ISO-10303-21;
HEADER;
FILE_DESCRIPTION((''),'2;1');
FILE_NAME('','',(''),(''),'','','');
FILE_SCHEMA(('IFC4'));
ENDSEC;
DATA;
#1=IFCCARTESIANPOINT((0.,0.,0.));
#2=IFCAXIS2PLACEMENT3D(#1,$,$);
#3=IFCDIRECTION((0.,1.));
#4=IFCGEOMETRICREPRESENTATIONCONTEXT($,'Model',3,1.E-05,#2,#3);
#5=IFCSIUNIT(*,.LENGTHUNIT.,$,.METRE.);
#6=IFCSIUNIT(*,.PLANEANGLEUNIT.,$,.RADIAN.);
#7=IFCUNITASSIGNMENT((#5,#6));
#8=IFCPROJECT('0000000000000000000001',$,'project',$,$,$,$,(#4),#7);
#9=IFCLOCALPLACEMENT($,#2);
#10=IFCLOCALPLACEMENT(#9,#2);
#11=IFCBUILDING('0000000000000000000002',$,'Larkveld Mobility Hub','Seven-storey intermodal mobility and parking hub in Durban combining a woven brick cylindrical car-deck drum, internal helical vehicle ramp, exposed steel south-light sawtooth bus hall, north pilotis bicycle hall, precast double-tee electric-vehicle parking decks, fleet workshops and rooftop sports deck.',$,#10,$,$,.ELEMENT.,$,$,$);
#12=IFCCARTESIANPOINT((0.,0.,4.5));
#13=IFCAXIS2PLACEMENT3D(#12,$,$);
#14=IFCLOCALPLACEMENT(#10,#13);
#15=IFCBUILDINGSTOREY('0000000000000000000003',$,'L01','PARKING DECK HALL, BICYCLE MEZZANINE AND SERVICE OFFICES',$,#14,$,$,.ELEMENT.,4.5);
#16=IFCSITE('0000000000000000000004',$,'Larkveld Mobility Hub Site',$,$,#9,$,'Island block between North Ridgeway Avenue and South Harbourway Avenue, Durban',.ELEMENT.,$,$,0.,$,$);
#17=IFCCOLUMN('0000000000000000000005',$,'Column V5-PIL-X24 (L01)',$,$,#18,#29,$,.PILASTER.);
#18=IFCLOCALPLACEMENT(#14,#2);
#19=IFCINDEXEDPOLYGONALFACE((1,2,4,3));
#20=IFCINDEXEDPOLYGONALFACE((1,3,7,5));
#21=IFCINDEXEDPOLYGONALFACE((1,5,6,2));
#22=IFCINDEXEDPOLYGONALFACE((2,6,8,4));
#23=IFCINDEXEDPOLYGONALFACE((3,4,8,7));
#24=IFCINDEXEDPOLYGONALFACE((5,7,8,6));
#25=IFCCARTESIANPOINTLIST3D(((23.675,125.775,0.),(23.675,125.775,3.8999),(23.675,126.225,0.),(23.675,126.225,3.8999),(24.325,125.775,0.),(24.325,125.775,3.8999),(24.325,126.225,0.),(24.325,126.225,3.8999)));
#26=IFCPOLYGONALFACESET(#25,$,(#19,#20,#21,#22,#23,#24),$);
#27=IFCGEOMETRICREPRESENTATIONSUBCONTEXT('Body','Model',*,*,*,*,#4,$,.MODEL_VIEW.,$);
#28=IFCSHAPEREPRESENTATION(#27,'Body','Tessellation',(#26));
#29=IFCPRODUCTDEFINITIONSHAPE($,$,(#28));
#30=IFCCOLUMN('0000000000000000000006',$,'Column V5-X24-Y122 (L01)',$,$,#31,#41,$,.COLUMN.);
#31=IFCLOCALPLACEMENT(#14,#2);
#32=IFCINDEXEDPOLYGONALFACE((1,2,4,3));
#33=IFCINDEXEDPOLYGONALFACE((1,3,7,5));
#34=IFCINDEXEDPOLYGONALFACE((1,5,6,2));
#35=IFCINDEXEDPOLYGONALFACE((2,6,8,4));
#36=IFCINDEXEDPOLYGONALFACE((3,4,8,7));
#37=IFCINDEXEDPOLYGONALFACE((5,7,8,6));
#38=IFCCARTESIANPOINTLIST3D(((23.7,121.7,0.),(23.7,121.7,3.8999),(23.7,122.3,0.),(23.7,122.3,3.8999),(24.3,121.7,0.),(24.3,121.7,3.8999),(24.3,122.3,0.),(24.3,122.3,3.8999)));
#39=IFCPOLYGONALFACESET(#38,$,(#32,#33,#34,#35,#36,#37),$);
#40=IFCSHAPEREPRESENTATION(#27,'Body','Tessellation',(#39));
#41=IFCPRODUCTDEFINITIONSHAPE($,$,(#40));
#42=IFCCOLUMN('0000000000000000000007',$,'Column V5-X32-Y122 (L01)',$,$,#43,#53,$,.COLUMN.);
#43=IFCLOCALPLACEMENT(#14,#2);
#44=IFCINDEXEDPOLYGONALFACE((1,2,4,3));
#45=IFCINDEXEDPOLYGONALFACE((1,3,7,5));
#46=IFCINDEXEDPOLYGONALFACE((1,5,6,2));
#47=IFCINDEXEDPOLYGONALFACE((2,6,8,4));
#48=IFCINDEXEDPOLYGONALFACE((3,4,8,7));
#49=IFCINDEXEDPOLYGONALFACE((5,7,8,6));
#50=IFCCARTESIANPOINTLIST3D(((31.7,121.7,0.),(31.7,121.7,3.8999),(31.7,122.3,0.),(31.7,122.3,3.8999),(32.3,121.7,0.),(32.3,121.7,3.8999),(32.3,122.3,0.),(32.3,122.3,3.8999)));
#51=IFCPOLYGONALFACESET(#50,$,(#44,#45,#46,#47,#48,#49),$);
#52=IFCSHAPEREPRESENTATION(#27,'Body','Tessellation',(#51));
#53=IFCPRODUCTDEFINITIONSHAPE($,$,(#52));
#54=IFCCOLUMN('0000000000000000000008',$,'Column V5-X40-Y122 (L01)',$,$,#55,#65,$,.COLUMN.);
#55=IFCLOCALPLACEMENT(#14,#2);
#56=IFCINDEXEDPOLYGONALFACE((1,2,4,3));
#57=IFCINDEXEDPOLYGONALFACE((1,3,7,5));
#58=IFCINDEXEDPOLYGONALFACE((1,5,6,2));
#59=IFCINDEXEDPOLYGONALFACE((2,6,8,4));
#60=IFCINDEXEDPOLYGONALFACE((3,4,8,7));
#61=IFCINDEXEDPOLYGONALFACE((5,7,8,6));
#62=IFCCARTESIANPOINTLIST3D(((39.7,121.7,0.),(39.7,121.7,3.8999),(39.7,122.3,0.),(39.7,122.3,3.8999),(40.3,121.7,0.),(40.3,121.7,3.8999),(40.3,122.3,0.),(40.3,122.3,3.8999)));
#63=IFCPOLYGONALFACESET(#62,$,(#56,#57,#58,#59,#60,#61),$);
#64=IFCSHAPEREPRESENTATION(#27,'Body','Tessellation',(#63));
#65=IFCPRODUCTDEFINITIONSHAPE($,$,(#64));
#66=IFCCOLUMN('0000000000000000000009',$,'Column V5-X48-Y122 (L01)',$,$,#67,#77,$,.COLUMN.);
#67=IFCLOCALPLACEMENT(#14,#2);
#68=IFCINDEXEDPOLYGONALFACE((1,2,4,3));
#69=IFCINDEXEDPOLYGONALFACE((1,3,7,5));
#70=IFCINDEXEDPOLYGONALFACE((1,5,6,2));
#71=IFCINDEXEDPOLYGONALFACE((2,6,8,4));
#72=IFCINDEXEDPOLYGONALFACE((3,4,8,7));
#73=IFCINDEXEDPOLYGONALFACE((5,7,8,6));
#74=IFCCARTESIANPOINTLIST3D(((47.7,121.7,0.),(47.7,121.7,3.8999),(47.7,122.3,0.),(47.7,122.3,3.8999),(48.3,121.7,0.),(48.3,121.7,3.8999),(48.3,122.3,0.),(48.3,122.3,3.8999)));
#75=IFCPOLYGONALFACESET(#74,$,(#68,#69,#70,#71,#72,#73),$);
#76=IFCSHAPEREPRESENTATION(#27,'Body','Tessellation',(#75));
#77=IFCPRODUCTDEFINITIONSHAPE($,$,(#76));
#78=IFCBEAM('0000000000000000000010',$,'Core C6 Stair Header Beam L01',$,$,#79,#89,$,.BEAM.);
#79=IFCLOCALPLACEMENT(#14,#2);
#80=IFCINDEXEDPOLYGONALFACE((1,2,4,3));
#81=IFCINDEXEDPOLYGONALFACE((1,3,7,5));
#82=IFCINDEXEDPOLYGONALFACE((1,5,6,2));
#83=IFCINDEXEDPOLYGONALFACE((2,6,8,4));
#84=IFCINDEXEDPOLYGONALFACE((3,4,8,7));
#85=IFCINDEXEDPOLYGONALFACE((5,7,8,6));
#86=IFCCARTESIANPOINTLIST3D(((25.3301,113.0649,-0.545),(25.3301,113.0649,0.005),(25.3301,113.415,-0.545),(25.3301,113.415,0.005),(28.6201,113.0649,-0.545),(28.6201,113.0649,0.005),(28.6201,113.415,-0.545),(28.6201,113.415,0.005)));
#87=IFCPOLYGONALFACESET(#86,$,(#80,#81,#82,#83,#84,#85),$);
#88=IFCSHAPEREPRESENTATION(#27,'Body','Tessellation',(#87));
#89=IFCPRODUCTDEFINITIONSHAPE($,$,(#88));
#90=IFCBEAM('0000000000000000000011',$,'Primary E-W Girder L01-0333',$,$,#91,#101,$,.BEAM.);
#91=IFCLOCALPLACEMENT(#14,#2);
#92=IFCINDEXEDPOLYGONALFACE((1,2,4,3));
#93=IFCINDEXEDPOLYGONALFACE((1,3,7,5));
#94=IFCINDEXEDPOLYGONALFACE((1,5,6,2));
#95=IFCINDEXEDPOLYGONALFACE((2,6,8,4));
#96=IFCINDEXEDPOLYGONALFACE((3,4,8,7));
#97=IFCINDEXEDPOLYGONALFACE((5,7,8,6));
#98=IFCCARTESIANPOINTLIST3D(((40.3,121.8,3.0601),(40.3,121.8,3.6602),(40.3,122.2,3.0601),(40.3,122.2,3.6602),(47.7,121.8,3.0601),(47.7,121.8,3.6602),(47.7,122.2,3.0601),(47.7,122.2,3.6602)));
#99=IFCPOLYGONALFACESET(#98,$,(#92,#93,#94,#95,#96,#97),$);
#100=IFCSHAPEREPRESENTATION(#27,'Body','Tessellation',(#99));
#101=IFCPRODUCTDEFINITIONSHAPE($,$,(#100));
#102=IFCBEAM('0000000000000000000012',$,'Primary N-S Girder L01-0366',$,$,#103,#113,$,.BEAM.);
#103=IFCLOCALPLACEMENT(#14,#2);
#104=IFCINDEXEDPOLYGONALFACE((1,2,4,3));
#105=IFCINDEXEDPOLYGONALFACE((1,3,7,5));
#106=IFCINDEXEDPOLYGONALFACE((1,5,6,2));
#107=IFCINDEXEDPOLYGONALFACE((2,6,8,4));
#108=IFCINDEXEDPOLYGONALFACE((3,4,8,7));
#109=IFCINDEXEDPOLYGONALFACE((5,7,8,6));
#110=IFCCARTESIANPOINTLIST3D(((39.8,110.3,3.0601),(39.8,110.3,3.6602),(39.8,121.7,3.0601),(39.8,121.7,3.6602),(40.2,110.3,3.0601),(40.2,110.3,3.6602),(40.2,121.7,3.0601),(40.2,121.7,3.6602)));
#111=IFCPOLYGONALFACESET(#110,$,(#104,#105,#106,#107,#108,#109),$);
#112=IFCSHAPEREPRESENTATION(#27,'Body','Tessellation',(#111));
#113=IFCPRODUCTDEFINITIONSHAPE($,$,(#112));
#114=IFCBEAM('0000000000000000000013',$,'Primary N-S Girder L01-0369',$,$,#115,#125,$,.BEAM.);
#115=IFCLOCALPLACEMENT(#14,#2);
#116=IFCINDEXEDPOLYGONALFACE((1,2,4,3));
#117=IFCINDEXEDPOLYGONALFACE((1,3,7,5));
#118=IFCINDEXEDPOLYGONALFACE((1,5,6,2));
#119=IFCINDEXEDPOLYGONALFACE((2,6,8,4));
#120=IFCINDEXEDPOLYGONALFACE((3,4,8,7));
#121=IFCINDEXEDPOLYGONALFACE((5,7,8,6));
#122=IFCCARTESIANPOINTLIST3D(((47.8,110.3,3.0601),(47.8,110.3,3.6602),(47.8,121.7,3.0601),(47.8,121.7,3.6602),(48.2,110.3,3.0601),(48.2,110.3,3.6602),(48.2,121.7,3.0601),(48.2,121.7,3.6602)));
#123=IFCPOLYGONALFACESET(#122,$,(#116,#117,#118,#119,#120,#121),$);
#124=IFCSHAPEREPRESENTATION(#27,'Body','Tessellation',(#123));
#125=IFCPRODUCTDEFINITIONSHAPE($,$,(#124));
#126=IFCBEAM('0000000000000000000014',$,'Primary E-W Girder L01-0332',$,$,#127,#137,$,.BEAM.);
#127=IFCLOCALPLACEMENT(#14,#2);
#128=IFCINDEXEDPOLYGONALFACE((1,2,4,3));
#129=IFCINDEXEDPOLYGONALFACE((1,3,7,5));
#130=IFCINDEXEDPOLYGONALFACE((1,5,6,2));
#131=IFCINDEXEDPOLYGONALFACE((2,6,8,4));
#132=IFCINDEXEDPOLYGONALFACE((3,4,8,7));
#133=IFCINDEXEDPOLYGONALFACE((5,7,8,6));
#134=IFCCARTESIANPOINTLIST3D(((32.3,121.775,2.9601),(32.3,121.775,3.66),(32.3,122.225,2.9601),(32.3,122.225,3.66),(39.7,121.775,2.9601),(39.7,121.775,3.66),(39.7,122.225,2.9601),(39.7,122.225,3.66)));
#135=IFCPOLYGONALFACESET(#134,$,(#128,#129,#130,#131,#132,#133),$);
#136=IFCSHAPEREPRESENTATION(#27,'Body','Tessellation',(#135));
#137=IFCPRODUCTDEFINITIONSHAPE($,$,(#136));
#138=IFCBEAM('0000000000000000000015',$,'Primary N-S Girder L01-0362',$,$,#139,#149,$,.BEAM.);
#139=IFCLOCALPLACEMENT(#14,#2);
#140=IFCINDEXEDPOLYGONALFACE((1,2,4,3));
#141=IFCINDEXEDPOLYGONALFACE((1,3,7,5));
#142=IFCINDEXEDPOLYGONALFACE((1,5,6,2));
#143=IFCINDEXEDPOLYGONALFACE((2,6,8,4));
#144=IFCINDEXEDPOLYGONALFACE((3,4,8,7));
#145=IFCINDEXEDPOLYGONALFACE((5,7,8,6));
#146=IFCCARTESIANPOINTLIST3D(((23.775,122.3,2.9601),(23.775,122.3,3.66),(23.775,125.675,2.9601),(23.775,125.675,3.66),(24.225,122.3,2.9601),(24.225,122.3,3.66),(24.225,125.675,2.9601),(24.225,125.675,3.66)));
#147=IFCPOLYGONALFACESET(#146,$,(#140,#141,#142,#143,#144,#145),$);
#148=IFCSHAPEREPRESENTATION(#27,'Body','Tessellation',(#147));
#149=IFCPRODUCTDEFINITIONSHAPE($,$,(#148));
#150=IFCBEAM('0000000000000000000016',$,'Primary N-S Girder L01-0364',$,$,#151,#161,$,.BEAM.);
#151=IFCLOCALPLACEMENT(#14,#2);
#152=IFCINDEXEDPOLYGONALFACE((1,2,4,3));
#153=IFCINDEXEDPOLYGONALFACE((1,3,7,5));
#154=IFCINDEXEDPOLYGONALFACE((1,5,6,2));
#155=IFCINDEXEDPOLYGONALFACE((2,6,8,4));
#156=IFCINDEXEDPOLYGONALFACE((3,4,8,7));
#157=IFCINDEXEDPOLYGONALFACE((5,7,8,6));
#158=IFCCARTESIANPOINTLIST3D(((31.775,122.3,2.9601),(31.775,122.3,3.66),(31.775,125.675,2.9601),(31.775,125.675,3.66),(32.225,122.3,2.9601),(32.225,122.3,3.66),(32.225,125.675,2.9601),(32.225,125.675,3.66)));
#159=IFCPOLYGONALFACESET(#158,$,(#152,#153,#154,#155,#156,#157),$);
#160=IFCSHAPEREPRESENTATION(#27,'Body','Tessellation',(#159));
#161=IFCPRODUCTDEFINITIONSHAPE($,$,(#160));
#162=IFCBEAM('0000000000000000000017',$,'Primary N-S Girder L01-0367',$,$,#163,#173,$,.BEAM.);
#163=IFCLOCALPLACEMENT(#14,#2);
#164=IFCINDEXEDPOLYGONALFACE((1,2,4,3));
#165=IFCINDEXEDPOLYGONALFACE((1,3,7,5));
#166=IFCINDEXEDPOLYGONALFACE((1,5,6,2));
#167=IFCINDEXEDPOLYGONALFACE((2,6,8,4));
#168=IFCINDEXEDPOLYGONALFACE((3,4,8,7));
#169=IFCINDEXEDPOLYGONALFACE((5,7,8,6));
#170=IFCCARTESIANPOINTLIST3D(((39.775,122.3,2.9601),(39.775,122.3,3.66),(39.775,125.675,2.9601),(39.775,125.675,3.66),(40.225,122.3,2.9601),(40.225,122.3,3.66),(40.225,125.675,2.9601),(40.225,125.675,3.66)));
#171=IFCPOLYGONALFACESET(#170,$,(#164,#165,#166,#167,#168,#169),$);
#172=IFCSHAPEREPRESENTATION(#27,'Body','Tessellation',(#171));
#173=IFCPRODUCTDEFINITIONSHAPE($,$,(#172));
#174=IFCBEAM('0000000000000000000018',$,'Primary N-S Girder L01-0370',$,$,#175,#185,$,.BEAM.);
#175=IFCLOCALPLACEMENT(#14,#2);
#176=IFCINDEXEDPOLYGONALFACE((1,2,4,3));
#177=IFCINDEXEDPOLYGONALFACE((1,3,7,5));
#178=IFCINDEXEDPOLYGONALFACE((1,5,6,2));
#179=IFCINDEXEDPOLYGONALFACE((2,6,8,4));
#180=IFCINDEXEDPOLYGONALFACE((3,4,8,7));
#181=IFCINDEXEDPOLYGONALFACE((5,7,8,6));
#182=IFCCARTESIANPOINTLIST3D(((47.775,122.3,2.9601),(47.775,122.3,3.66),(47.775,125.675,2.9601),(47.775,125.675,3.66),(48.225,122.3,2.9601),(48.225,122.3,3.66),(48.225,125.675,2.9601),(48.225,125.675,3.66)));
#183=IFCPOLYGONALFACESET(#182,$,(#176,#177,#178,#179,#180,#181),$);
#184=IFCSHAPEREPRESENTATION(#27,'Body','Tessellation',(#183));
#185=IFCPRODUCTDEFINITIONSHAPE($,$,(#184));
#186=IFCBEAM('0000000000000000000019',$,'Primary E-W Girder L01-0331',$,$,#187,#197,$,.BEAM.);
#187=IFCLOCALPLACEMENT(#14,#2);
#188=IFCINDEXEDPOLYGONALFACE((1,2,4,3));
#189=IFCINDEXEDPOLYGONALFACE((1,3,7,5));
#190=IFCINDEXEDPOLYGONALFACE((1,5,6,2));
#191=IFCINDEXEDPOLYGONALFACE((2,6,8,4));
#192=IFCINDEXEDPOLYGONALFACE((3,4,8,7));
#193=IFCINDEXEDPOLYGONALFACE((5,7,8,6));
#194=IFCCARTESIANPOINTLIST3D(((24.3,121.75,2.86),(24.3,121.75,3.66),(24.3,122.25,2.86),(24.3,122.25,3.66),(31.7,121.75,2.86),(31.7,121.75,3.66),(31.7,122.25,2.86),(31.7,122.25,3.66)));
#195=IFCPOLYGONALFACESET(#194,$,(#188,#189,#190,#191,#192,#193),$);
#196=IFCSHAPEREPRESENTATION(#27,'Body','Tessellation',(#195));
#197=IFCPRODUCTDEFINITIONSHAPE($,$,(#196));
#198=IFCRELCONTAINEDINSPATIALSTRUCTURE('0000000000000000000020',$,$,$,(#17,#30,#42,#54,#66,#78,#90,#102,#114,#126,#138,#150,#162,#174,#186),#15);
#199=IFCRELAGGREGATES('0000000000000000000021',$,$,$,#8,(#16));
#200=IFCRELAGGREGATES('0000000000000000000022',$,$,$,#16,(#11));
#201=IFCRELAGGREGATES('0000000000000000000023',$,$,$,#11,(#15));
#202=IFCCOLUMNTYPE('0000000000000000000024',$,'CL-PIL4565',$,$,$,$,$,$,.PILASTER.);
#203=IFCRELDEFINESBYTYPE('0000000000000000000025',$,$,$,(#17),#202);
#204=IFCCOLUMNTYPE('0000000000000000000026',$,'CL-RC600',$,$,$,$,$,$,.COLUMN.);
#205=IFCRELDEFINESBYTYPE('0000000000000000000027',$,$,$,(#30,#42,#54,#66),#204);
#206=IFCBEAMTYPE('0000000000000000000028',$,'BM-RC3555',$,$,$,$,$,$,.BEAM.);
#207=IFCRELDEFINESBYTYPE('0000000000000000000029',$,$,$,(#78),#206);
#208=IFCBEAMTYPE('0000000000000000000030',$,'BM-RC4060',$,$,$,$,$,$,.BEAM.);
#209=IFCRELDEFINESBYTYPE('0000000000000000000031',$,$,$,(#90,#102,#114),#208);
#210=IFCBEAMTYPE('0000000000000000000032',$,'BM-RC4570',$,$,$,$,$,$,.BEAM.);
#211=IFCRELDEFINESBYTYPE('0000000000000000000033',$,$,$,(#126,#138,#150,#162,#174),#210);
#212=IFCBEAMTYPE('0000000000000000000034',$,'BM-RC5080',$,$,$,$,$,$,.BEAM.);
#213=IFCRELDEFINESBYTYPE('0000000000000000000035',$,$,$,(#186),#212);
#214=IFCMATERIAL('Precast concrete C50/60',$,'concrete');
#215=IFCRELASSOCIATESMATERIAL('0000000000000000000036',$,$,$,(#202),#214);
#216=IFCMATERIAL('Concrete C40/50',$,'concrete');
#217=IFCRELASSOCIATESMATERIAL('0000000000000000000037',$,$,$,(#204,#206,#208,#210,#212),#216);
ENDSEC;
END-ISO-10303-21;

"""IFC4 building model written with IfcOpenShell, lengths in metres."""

from ifc_helpers import new_model, si_unit, direction, frame, origin, origin_2d, place, context, subcontext, project, spatial, rectangle, extrude, material, material_profile, profile_set, type_object, element, save


model = new_model("IFC4")

# Units and contexts
model_context = context("Model", 3, precision=1e-05, world=origin(), true_north=direction((0.0, 1.0)))
body_context = subcontext(model_context, "Body", "Model", "MODEL_VIEW")
ifc_project = project(units=[si_unit("LENGTHUNIT", "METRE"), si_unit("PLANEANGLEUNIT", "RADIAN")], contexts=[model_context])

# Site, building, storey
site_placement = place(None, origin())
site = spatial("IfcSite", under=ifc_project, at=site_placement, Name="Larkveld Mobility Hub Site", LongName="Island block between North Ridgeway Avenue and South Harbourway Avenue, Durban", CompositionType="ELEMENT", RefElevation=0.0)
building_placement = place(site_placement, origin())
building = spatial("IfcBuilding", under=site, at=building_placement, Name="Larkveld Mobility Hub", Description="Seven-storey intermodal mobility and parking hub in Durban combining a woven brick cylindrical car-deck drum, internal helical vehicle ramp, exposed steel south-light sawtooth bus hall, north pilotis bicycle hall, precast double-tee electric-vehicle parking decks, fleet workshops and rooftop sports deck.", CompositionType="ELEMENT")
storey_placement = place(building_placement, frame((0.0, 0.0, 4.5)))
storey = spatial("IfcBuildingStorey", under=building, at=storey_placement, Name="L01", Description="PARKING DECK HALL, BICYCLE MEZZANINE AND SERVICE OFFICES", CompositionType="ELEMENT", Elevation=4.5)

# Columns
ifc_material_1 = material(Name="Precast concrete C50/60", Category="concrete")
ifc_material_profile_1 = material_profile(ifc_material_1, rectangle(XDim=0.45, YDim=0.6499, at=origin_2d()), Name="PC PIL 450x650")
ifc_profile_set_1 = profile_set([ifc_material_profile_1], Name="Precast concrete C50/60")
column_type_1 = type_object("IfcColumnType", Name="CL-PIL4565", PredefinedType="PILASTER", material=ifc_profile_set_1)
column_placement = place(storey_placement, frame((24.0, 126.0, 0.0), z_axis=(0.0, 0.0, 1.0), x_axis=(0.0, 1.0, 0.0)))
element("IfcColumn", 1, at=column_placement, inside=storey, type_object=column_type_1, Name="Column V5-PIL-X24 (L01)", PredefinedType="PILASTER", context=body_context, shape_type="SweptSolid", body=[
    extrude(rectangle(XDim=0.45, YDim=0.6499, at=origin_2d()), origin(), (0.0, 0.0, 1.0), 3.8999),
])
ifc_material_2 = material(Name="Concrete C40/50", Category="concrete")
ifc_material_profile_2 = material_profile(ifc_material_2, rectangle(XDim=0.6001, YDim=0.6001, at=origin_2d()), Name="RC COL 600x600")
ifc_profile_set_2 = profile_set([ifc_material_profile_2], Name="Concrete C40/50")
column_type_2 = type_object("IfcColumnType", Name="CL-RC600", PredefinedType="COLUMN", material=ifc_profile_set_2)
for number, where, z_axis, x_axis, name in (
    (2, (24.0, 122.0, 0.0), (0.0, 0.0, 1.0), (1.0, 0.0, 0.0), "Column V5-X24-Y122 (L01)"),
    (3, (32.0, 122.0, 0.0), (0.0, 0.0, 1.0), (1.0, 0.0, 0.0), "Column V5-X32-Y122 (L01)"),
    (4, (40.0, 122.0, 0.0), (0.0, 0.0, 1.0), (1.0, 0.0, 0.0), "Column V5-X40-Y122 (L01)"),
    (5, (48.0, 122.0, 0.0), (0.0, 0.0, 1.0), (1.0, 0.0, 0.0), "Column V5-X48-Y122 (L01)"),
):
    element("IfcColumn", number, at=place(storey_placement, frame(where, z_axis=z_axis, x_axis=x_axis)), inside=storey, type_object=column_type_2, Name=name, PredefinedType="COLUMN", context=body_context, shape_type="SweptSolid", body=[
        extrude(rectangle(XDim=0.6001, YDim=0.6001, at=origin_2d()), origin(), (0.0, 0.0, 1.0), 3.8999),
    ])

# Beams
ifc_material_profile_3 = material_profile(ifc_material_2, rectangle(XDim=0.3501, YDim=0.55, at=origin_2d()), Name="RC BM 350x550")
ifc_profile_set_3 = profile_set([ifc_material_profile_3], Name="Concrete C40/50")
beam_type_1 = type_object("IfcBeamType", Name="BM-RC3555", PredefinedType="BEAM", material=ifc_profile_set_3)
beam_1_placement = place(storey_placement, frame((25.3301, 113.24, -0.27), z_axis=(1.0, 0.0, 0.0), x_axis=(0.0, 1.0, 0.0)))
element("IfcBeam", 6, at=beam_1_placement, inside=storey, type_object=beam_type_1, Name="Core C6 Stair Header Beam L01", PredefinedType="BEAM", context=body_context, shape_type="SweptSolid", body=[
    extrude(rectangle(XDim=0.3501, YDim=0.55, at=origin_2d()), origin(), (0.0, 0.0, 1.0), 3.29),
])
ifc_material_profile_4 = material_profile(ifc_material_2, rectangle(XDim=0.3999, YDim=0.6001, at=origin_2d()), Name="RC BM 400x600")
ifc_profile_set_4 = profile_set([ifc_material_profile_4], Name="Concrete C40/50")
beam_type_2 = type_object("IfcBeamType", Name="BM-RC4060", PredefinedType="BEAM", material=ifc_profile_set_4)
beam_2_placement = place(storey_placement, frame((40.3, 122.0, 3.3601), z_axis=(1.0, 0.0, 0.0), x_axis=(0.0, 1.0, 0.0)))
element("IfcBeam", 7, at=beam_2_placement, inside=storey, type_object=beam_type_2, Name="Primary E-W Girder L01-0333", PredefinedType="BEAM", context=body_context, shape_type="SweptSolid", body=[
    extrude(rectangle(XDim=0.3999, YDim=0.6001, at=origin_2d()), origin(), (0.0, 0.0, 1.0), 7.3999),
])
for number, where, z_axis, x_axis, name in (
    (8, (40.0, 110.3, 3.3601), (0.0, 1.0, 0.0), (-1.0, 0.0, 0.0), "Primary N-S Girder L01-0366"),
    (9, (48.0, 110.3, 3.3601), (0.0, 1.0, 0.0), (-1.0, 0.0, 0.0), "Primary N-S Girder L01-0369"),
):
    element("IfcBeam", number, at=place(storey_placement, frame(where, z_axis=z_axis, x_axis=x_axis)), inside=storey, type_object=beam_type_2, Name=name, PredefinedType="BEAM", context=body_context, shape_type="SweptSolid", body=[
        extrude(rectangle(XDim=0.3999, YDim=0.6001, at=origin_2d()), origin(), (0.0, 0.0, 1.0), 11.3999),
    ])
ifc_material_profile_5 = material_profile(ifc_material_2, rectangle(XDim=0.45, YDim=0.7, at=origin_2d()), Name="RC BM 450x700")
ifc_profile_set_5 = profile_set([ifc_material_profile_5], Name="Concrete C40/50")
beam_type_3 = type_object("IfcBeamType", Name="BM-RC4570", PredefinedType="BEAM", material=ifc_profile_set_5)
beam_3_placement = place(storey_placement, frame((32.3, 122.0, 3.3101), z_axis=(1.0, 0.0, 0.0), x_axis=(0.0, 1.0, 0.0)))
element("IfcBeam", 10, at=beam_3_placement, inside=storey, type_object=beam_type_3, Name="Primary E-W Girder L01-0332", PredefinedType="BEAM", context=body_context, shape_type="SweptSolid", body=[
    extrude(rectangle(XDim=0.45, YDim=0.7, at=origin_2d()), origin(), (0.0, 0.0, 1.0), 7.3999),
])
for number, where, z_axis, x_axis, name in (
    (11, (24.0, 122.3, 3.3101), (0.0, 1.0, 0.0), (-1.0, 0.0, 0.0), "Primary N-S Girder L01-0362"),
    (12, (32.0, 122.3, 3.3101), (0.0, 1.0, 0.0), (-1.0, 0.0, 0.0), "Primary N-S Girder L01-0364"),
    (13, (40.0, 122.3, 3.3101), (0.0, 1.0, 0.0), (-1.0, 0.0, 0.0), "Primary N-S Girder L01-0367"),
    (14, (48.0, 122.3, 3.3101), (0.0, 1.0, 0.0), (-1.0, 0.0, 0.0), "Primary N-S Girder L01-0370"),
):
    element("IfcBeam", number, at=place(storey_placement, frame(where, z_axis=z_axis, x_axis=x_axis)), inside=storey, type_object=beam_type_3, Name=name, PredefinedType="BEAM", context=body_context, shape_type="SweptSolid", body=[
        extrude(rectangle(XDim=0.45, YDim=0.7, at=origin_2d()), origin(), (0.0, 0.0, 1.0), 3.375),
    ])
ifc_material_profile_6 = material_profile(ifc_material_2, rectangle(XDim=0.5, YDim=0.8, at=origin_2d()), Name="RC BM 500x800")
ifc_profile_set_6 = profile_set([ifc_material_profile_6], Name="Concrete C40/50")
beam_type_4 = type_object("IfcBeamType", Name="BM-RC5080", PredefinedType="BEAM", material=ifc_profile_set_6)
beam_4_placement = place(storey_placement, frame((24.3, 122.0, 3.26), z_axis=(1.0, 0.0, 0.0), x_axis=(0.0, 1.0, 0.0)))
element("IfcBeam", 15, at=beam_4_placement, inside=storey, type_object=beam_type_4, Name="Primary E-W Girder L01-0331", PredefinedType="BEAM", context=body_context, shape_type="SweptSolid", body=[
    extrude(rectangle(XDim=0.5, YDim=0.8, at=origin_2d()), origin(), (0.0, 0.0, 1.0), 7.3999),
])

save(model, "model.ifc")
